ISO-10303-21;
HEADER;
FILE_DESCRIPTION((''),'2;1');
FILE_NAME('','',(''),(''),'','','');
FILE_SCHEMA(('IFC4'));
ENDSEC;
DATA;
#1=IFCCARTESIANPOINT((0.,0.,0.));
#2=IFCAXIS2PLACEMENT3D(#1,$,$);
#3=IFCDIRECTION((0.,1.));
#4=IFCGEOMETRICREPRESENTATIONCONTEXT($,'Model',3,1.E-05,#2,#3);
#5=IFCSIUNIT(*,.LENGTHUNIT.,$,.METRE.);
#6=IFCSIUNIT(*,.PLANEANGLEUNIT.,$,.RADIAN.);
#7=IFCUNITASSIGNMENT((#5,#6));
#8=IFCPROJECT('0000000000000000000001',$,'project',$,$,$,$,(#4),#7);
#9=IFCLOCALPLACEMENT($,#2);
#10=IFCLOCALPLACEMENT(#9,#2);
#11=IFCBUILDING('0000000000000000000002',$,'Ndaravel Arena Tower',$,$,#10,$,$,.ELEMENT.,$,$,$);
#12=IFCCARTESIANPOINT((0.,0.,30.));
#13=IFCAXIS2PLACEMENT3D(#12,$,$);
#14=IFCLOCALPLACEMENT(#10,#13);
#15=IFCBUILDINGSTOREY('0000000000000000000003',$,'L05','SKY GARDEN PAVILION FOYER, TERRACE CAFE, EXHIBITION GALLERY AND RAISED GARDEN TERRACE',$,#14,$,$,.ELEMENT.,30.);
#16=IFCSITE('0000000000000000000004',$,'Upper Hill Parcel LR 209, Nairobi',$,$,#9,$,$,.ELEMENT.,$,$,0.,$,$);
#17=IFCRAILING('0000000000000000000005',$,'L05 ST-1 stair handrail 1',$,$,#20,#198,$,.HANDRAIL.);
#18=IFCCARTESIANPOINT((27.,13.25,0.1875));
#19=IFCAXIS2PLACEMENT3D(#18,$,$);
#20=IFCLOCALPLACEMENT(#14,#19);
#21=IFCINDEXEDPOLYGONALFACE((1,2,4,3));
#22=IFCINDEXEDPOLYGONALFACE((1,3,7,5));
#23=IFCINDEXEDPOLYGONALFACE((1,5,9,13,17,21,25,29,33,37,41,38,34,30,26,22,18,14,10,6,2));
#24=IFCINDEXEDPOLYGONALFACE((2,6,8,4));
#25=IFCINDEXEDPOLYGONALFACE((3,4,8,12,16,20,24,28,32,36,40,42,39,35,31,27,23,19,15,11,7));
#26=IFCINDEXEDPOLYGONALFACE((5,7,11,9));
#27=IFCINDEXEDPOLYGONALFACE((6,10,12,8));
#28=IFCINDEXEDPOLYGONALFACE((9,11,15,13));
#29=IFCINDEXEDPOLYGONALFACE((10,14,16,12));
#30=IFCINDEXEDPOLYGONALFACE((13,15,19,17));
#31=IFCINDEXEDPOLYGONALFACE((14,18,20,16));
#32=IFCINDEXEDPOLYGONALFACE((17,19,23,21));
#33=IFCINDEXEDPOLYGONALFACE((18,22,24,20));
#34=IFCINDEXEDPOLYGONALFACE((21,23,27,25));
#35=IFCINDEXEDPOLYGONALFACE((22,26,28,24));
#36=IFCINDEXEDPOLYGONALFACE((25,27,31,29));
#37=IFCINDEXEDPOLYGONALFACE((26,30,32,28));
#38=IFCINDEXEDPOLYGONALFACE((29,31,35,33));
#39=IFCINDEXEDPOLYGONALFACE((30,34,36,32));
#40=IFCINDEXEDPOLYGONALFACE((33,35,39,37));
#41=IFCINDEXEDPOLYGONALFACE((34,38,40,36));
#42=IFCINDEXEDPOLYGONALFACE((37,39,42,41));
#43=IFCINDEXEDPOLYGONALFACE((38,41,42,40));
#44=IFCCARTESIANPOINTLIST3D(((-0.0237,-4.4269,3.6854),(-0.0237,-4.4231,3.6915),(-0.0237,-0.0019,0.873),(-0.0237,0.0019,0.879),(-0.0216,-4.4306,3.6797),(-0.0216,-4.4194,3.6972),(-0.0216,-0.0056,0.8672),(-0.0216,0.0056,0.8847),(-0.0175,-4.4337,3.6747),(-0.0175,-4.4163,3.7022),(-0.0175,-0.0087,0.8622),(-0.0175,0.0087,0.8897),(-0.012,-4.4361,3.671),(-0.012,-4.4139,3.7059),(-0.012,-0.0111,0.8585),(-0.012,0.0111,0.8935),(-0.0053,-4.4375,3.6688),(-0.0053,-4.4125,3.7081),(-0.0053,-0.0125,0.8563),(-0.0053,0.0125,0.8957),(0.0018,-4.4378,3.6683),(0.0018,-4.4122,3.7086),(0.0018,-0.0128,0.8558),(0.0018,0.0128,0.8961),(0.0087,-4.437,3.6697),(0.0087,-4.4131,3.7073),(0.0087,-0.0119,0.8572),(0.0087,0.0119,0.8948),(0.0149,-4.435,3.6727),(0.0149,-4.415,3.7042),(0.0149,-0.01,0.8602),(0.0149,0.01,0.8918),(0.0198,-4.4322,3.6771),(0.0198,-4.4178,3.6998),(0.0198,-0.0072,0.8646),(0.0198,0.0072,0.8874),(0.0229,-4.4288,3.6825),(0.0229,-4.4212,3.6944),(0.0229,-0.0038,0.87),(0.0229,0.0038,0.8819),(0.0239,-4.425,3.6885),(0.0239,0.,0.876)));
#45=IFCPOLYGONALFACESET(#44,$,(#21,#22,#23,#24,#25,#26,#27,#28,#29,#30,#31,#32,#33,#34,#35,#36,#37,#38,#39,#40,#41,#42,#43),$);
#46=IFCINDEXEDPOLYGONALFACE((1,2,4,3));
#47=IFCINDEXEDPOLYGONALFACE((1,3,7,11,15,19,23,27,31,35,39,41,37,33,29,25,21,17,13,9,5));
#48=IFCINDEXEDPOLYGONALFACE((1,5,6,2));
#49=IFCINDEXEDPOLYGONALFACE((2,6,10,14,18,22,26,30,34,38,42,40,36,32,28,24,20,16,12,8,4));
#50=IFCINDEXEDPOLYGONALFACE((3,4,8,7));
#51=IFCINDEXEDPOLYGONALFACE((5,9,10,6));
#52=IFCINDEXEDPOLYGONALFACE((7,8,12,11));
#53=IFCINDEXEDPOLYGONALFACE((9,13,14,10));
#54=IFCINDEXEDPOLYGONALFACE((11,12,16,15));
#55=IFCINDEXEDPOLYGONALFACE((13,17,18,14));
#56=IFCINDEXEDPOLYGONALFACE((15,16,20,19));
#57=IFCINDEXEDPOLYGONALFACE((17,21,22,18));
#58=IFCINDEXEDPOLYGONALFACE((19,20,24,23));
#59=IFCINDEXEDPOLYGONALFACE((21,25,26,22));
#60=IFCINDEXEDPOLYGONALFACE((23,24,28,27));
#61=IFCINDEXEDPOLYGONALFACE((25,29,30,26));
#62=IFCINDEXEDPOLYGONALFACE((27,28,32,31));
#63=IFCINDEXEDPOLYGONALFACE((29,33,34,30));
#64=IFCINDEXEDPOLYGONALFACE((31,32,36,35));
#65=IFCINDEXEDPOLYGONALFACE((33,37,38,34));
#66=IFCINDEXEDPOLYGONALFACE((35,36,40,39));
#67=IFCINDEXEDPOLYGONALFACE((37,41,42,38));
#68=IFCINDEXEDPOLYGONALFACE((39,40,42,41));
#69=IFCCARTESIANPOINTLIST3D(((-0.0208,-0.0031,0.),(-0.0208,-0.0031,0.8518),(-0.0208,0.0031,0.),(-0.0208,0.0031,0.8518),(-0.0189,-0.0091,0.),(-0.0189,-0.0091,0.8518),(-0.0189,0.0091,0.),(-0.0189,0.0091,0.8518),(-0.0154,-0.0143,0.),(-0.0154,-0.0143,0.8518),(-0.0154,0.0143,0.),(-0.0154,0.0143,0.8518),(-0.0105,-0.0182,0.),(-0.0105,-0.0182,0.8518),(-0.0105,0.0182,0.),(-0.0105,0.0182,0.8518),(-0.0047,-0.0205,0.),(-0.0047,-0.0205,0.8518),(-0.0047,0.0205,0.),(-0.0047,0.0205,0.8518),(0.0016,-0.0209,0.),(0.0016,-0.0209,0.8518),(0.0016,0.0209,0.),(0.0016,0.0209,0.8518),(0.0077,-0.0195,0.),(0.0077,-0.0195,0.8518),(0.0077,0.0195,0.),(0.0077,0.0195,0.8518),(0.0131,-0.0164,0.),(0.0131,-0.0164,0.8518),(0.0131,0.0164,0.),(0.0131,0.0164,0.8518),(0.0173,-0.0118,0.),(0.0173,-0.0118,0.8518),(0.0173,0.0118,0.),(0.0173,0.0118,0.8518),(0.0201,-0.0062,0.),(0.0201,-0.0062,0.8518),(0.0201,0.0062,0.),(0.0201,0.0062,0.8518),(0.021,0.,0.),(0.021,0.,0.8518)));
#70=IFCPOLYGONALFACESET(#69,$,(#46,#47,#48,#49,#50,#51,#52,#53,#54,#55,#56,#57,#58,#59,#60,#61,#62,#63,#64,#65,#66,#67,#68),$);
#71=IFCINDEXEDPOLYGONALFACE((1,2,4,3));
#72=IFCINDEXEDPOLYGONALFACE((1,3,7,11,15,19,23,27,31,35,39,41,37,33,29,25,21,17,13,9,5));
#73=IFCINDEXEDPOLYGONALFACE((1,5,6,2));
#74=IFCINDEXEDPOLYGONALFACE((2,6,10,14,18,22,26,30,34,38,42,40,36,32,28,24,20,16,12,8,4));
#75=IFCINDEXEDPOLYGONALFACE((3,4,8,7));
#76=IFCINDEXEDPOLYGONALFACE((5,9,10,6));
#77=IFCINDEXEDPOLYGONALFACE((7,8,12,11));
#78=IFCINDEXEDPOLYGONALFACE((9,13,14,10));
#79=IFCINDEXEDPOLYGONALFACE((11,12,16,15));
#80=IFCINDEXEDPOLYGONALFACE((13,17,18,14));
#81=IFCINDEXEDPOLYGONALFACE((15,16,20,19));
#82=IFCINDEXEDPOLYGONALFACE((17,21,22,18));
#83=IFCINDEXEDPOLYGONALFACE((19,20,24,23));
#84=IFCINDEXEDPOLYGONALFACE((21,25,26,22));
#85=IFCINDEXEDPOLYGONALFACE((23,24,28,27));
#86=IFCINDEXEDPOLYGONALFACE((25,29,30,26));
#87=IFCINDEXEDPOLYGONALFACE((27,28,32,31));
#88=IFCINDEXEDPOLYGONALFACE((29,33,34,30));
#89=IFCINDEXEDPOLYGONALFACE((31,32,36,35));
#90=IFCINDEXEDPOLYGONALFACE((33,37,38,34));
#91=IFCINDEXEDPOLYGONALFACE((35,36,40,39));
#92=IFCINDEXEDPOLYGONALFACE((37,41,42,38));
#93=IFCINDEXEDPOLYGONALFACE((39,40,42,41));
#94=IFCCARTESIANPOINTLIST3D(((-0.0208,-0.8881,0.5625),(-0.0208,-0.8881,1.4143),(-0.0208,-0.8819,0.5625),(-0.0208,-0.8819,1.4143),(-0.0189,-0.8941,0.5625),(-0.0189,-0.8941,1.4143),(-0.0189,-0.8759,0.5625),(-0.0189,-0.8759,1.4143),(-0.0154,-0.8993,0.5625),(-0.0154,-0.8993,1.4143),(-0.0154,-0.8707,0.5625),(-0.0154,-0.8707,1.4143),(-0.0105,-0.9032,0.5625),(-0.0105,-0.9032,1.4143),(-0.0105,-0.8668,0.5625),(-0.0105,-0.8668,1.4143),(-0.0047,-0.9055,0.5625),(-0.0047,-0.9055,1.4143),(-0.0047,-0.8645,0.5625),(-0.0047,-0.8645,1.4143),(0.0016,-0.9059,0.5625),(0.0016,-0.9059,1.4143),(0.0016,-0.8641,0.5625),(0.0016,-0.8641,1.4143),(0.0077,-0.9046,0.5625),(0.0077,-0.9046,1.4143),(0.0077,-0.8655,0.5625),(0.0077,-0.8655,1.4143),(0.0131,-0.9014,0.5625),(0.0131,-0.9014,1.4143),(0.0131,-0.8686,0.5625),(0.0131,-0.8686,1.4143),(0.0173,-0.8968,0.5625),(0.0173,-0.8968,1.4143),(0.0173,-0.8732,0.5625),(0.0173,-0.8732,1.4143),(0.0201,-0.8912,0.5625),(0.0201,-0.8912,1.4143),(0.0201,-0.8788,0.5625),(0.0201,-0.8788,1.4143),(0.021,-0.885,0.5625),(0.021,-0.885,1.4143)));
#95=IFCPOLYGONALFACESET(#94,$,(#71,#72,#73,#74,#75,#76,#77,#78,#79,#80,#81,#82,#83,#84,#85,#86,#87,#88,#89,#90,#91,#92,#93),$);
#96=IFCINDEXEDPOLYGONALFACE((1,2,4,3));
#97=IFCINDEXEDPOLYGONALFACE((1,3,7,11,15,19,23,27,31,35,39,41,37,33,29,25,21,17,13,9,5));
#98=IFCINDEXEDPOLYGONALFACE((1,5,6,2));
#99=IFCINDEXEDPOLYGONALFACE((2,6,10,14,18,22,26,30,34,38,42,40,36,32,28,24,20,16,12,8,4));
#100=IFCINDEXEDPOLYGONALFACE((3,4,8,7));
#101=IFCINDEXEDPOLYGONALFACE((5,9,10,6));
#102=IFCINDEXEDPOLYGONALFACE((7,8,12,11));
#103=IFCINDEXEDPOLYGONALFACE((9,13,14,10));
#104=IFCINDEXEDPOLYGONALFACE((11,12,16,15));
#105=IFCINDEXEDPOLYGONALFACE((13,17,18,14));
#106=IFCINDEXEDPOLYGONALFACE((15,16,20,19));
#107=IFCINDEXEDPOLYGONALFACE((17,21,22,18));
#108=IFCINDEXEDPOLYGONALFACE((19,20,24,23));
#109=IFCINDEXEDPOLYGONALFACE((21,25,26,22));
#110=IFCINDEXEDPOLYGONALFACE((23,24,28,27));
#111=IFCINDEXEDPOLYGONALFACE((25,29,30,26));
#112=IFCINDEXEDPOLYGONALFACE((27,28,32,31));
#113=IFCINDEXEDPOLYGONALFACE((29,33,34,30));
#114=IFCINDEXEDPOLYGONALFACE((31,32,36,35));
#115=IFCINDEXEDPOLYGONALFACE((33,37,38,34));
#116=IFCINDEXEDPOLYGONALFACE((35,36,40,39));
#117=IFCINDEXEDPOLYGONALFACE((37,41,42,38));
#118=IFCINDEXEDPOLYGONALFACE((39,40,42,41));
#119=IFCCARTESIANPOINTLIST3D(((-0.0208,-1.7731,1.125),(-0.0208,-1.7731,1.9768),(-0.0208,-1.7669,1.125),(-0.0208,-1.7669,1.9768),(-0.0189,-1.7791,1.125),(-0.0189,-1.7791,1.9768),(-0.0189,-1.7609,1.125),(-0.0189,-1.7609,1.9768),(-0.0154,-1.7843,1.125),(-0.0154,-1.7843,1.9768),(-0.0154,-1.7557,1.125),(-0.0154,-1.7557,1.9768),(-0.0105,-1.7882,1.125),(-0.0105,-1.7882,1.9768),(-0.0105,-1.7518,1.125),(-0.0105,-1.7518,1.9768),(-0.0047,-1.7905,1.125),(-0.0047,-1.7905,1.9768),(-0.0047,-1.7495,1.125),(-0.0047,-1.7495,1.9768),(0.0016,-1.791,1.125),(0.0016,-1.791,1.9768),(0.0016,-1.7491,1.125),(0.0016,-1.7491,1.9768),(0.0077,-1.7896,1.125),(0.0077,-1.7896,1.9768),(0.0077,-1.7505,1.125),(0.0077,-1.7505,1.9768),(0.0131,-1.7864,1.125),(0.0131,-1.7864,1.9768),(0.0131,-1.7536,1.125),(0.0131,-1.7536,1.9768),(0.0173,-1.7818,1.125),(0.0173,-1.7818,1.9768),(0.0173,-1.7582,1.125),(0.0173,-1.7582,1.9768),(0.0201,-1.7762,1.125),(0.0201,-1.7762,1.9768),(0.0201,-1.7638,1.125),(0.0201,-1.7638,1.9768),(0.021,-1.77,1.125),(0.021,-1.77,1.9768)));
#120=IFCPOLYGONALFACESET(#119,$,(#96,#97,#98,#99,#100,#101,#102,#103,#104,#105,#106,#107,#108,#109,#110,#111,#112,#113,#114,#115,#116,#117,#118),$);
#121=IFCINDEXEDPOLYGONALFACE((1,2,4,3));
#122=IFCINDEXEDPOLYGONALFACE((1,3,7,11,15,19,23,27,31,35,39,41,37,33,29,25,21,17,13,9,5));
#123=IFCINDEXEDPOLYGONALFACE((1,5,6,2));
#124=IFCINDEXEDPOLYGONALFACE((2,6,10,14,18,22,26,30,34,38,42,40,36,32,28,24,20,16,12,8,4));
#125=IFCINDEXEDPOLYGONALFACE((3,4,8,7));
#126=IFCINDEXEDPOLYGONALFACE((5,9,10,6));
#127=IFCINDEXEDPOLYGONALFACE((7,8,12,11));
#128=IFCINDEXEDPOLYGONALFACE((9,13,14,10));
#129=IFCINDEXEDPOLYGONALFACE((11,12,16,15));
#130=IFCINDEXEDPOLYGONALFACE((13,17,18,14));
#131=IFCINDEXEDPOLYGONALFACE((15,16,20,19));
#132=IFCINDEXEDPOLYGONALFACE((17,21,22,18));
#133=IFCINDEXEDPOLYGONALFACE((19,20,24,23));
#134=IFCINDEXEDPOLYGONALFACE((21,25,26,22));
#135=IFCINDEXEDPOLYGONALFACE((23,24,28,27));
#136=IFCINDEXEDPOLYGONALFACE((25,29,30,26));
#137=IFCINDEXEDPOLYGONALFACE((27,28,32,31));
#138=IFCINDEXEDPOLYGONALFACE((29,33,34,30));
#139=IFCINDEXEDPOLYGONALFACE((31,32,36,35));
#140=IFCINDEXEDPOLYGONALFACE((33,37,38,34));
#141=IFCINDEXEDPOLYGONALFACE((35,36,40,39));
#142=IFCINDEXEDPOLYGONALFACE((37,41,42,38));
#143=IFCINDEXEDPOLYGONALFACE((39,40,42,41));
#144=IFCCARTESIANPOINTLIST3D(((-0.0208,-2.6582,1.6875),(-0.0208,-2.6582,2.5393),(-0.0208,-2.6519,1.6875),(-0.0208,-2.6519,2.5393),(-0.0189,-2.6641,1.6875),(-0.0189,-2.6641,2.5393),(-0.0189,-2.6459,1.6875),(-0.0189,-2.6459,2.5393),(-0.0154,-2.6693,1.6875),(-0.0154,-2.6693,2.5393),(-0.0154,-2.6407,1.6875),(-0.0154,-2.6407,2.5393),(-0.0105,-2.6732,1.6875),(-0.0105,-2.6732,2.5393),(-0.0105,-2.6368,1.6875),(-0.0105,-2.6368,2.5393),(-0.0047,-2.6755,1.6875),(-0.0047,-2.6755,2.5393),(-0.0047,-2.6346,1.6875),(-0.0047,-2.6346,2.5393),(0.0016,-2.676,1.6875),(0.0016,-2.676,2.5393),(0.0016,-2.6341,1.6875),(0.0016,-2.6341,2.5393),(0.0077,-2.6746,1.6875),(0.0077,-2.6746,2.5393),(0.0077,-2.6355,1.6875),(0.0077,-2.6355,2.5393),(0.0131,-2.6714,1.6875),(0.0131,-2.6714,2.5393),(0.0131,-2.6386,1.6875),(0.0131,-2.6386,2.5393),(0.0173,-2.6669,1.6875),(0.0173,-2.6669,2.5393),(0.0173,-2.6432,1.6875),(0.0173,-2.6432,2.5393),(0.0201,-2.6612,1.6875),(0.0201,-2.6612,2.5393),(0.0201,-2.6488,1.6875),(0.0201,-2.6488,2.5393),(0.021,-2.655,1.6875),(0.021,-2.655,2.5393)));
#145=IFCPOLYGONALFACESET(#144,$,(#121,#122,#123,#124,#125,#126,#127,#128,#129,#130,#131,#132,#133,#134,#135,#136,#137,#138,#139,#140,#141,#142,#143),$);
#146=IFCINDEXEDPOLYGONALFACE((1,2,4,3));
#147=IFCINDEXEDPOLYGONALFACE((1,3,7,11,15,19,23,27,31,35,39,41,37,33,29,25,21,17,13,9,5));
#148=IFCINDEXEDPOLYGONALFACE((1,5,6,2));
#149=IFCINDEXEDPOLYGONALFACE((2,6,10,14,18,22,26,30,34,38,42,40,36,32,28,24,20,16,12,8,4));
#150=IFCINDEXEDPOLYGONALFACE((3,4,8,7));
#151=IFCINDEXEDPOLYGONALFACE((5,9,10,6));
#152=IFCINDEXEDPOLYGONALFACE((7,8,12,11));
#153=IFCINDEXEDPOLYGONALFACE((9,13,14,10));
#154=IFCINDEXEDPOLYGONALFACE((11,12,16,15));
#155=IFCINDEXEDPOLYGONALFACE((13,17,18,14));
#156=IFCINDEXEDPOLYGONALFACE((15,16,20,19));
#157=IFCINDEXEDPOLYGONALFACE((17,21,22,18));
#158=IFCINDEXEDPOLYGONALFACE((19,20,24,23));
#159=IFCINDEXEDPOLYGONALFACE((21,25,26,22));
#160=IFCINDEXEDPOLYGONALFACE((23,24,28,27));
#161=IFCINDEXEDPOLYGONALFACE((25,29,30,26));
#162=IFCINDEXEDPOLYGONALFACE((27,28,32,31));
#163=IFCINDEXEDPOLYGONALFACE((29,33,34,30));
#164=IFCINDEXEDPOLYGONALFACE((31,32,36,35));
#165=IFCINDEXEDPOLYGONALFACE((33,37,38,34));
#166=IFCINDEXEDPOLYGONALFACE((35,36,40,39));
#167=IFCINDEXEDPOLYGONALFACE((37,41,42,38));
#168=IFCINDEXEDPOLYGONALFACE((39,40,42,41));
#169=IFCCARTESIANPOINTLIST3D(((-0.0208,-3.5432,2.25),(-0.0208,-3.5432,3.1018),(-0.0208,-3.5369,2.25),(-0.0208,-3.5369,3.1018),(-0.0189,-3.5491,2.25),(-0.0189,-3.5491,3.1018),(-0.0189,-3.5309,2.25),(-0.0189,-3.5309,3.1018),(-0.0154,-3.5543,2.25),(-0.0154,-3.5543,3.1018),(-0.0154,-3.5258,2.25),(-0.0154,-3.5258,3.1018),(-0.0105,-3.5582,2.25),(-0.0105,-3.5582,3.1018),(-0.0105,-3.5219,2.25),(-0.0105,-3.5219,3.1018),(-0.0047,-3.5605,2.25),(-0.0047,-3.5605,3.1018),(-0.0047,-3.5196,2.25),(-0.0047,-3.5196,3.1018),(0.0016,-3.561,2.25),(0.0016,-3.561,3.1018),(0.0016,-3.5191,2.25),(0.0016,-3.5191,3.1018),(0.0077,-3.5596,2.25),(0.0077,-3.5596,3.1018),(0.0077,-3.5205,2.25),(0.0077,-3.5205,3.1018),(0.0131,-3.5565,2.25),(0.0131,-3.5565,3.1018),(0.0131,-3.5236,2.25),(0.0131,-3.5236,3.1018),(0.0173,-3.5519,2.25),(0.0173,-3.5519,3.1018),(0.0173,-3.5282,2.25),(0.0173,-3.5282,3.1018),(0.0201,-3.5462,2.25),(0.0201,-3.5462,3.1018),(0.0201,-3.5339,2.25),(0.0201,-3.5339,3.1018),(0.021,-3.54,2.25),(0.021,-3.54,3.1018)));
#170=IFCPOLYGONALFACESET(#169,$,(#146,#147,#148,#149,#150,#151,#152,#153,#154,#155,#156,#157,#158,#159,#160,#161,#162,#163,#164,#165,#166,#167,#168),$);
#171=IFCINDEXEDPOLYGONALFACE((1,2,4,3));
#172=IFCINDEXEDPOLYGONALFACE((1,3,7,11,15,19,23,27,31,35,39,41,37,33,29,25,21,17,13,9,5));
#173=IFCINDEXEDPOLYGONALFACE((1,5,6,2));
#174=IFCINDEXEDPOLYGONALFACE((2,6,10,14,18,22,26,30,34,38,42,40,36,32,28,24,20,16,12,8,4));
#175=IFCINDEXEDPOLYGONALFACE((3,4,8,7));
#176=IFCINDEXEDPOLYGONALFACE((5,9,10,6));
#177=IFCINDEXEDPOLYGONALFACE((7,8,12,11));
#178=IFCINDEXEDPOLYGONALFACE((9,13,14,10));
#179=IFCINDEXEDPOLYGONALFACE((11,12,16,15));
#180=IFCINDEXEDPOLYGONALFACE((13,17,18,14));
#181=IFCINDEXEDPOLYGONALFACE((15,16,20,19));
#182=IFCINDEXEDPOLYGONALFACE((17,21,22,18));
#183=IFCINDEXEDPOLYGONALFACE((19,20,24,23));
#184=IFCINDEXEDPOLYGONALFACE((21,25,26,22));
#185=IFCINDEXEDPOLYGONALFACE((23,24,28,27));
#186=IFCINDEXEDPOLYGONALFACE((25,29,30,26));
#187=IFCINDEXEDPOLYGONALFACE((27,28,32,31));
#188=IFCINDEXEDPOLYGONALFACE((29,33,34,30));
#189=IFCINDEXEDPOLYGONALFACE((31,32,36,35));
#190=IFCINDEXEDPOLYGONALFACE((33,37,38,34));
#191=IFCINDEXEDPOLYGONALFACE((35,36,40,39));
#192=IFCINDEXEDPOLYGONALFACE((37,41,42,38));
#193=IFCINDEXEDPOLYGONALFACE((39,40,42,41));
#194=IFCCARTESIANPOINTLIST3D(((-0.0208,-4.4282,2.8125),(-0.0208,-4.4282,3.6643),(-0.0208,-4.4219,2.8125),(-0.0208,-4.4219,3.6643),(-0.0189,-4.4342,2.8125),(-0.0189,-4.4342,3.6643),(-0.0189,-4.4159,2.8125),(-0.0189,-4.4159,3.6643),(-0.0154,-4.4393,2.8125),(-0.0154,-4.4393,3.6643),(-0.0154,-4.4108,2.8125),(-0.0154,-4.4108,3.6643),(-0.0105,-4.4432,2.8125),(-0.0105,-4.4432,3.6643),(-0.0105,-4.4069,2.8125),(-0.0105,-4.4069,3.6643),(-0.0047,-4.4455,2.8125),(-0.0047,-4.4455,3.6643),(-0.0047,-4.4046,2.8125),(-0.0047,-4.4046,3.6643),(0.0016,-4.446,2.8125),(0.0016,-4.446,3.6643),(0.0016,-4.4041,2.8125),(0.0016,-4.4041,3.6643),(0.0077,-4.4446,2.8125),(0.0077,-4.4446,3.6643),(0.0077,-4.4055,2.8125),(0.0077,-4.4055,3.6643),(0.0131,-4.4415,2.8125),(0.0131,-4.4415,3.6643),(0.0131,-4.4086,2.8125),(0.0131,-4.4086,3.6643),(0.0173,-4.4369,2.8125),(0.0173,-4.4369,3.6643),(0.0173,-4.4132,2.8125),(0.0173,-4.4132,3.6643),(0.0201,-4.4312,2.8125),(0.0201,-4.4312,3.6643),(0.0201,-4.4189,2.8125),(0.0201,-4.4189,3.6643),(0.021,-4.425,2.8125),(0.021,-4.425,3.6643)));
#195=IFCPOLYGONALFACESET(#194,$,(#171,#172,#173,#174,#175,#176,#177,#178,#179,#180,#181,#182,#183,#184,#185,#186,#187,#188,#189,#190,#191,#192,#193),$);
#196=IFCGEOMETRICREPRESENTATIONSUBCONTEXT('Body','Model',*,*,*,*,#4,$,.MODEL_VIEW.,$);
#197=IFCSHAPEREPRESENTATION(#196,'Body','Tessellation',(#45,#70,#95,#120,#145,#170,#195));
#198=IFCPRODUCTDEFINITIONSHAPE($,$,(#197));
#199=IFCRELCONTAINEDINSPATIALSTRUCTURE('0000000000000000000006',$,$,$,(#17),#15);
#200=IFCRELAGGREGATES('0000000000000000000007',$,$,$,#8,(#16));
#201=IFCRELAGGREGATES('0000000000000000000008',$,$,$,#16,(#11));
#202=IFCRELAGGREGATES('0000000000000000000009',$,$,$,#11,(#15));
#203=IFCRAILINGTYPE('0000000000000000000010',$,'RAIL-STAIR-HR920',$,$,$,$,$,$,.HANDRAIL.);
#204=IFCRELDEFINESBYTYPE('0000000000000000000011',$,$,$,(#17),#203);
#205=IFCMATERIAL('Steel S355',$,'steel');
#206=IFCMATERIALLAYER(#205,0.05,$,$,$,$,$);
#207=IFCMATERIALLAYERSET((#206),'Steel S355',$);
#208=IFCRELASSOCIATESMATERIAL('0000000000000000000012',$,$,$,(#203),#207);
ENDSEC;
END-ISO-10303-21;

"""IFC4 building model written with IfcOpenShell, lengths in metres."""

from ifc_helpers import new_model, si_unit, direction, frame, origin, origin_2d, place, context, subcontext, project, spatial, circle, extrude, material, layer, layer_set, type_object, element, save


model = new_model("IFC4")

# Units and contexts
model_context = context("Model", 3, precision=1e-05, world=origin(), true_north=direction((0.0, 1.0)))
body_context = subcontext(model_context, "Body", "Model", "MODEL_VIEW")
ifc_project = project(units=[si_unit("LENGTHUNIT", "METRE"), si_unit("PLANEANGLEUNIT", "RADIAN")], contexts=[model_context])

# Site, building, storey
site_placement = place(None, origin())
site = spatial("IfcSite", under=ifc_project, at=site_placement, Name="Upper Hill Parcel LR 209, Nairobi", CompositionType="ELEMENT", RefElevation=0.0)
building_placement = place(site_placement, origin())
building = spatial("IfcBuilding", under=site, at=building_placement, Name="Ndaravel Arena Tower", CompositionType="ELEMENT")
storey_placement = place(building_placement, frame((0.0, 0.0, 30.0)))
storey = spatial("IfcBuildingStorey", under=building, at=storey_placement, Name="L05", Description="SKY GARDEN PAVILION FOYER, TERRACE CAFE, EXHIBITION GALLERY AND RAISED GARDEN TERRACE", CompositionType="ELEMENT", Elevation=30.0)

# Railing
ifc_material_1 = material(Name="Steel S355", Category="steel")
ifc_layer_1 = layer(ifc_material_1, 0.05)
ifc_layer_set_1 = layer_set([ifc_layer_1], Name="Steel S355")
railing_type_1 = type_object("IfcRailingType", Name="RAIL-STAIR-HR920", PredefinedType="HANDRAIL", material=ifc_layer_set_1)
for number, where, name in (
    (1, (27.0, 13.25, 0.1875), "L05 ST-1 stair handrail 1"),
):
    element("IfcRailing", number, at=place(storey_placement, frame(where)), inside=storey, type_object=railing_type_1, Name=name, PredefinedType="HANDRAIL", context=body_context, shape_type="SweptSolid", body=[
        extrude(circle(Radius=0.0239, at=origin_2d()), frame((0.0, 0.0, 0.876), z_axis=(0.0, -0.843959, 0.536408), x_axis=(1.0, 0.0, 0.0)), (0.0, 0.0, 1.0), 5.2432),
        extrude(circle(Radius=0.021, at=origin_2d()), origin(), (0.0, 0.0, 1.0), 0.8518),
        extrude(circle(Radius=0.021, at=origin_2d()), frame((0.0, -0.885, 0.5625)), (0.0, 0.0, 1.0), 0.8518),
        extrude(circle(Radius=0.021, at=origin_2d()), frame((0.0, -1.77, 1.125)), (0.0, 0.0, 1.0), 0.8518),
        extrude(circle(Radius=0.021, at=origin_2d()), frame((0.0, -2.655, 1.6875)), (0.0, 0.0, 1.0), 0.8518),
        extrude(circle(Radius=0.021, at=origin_2d()), frame((0.0, -3.54, 2.25)), (0.0, 0.0, 1.0), 0.8518),
        extrude(circle(Radius=0.021, at=origin_2d()), frame((0.0, -4.425, 2.8125)), (0.0, 0.0, 1.0), 0.8518),
    ])

save(model, "model.ifc")
